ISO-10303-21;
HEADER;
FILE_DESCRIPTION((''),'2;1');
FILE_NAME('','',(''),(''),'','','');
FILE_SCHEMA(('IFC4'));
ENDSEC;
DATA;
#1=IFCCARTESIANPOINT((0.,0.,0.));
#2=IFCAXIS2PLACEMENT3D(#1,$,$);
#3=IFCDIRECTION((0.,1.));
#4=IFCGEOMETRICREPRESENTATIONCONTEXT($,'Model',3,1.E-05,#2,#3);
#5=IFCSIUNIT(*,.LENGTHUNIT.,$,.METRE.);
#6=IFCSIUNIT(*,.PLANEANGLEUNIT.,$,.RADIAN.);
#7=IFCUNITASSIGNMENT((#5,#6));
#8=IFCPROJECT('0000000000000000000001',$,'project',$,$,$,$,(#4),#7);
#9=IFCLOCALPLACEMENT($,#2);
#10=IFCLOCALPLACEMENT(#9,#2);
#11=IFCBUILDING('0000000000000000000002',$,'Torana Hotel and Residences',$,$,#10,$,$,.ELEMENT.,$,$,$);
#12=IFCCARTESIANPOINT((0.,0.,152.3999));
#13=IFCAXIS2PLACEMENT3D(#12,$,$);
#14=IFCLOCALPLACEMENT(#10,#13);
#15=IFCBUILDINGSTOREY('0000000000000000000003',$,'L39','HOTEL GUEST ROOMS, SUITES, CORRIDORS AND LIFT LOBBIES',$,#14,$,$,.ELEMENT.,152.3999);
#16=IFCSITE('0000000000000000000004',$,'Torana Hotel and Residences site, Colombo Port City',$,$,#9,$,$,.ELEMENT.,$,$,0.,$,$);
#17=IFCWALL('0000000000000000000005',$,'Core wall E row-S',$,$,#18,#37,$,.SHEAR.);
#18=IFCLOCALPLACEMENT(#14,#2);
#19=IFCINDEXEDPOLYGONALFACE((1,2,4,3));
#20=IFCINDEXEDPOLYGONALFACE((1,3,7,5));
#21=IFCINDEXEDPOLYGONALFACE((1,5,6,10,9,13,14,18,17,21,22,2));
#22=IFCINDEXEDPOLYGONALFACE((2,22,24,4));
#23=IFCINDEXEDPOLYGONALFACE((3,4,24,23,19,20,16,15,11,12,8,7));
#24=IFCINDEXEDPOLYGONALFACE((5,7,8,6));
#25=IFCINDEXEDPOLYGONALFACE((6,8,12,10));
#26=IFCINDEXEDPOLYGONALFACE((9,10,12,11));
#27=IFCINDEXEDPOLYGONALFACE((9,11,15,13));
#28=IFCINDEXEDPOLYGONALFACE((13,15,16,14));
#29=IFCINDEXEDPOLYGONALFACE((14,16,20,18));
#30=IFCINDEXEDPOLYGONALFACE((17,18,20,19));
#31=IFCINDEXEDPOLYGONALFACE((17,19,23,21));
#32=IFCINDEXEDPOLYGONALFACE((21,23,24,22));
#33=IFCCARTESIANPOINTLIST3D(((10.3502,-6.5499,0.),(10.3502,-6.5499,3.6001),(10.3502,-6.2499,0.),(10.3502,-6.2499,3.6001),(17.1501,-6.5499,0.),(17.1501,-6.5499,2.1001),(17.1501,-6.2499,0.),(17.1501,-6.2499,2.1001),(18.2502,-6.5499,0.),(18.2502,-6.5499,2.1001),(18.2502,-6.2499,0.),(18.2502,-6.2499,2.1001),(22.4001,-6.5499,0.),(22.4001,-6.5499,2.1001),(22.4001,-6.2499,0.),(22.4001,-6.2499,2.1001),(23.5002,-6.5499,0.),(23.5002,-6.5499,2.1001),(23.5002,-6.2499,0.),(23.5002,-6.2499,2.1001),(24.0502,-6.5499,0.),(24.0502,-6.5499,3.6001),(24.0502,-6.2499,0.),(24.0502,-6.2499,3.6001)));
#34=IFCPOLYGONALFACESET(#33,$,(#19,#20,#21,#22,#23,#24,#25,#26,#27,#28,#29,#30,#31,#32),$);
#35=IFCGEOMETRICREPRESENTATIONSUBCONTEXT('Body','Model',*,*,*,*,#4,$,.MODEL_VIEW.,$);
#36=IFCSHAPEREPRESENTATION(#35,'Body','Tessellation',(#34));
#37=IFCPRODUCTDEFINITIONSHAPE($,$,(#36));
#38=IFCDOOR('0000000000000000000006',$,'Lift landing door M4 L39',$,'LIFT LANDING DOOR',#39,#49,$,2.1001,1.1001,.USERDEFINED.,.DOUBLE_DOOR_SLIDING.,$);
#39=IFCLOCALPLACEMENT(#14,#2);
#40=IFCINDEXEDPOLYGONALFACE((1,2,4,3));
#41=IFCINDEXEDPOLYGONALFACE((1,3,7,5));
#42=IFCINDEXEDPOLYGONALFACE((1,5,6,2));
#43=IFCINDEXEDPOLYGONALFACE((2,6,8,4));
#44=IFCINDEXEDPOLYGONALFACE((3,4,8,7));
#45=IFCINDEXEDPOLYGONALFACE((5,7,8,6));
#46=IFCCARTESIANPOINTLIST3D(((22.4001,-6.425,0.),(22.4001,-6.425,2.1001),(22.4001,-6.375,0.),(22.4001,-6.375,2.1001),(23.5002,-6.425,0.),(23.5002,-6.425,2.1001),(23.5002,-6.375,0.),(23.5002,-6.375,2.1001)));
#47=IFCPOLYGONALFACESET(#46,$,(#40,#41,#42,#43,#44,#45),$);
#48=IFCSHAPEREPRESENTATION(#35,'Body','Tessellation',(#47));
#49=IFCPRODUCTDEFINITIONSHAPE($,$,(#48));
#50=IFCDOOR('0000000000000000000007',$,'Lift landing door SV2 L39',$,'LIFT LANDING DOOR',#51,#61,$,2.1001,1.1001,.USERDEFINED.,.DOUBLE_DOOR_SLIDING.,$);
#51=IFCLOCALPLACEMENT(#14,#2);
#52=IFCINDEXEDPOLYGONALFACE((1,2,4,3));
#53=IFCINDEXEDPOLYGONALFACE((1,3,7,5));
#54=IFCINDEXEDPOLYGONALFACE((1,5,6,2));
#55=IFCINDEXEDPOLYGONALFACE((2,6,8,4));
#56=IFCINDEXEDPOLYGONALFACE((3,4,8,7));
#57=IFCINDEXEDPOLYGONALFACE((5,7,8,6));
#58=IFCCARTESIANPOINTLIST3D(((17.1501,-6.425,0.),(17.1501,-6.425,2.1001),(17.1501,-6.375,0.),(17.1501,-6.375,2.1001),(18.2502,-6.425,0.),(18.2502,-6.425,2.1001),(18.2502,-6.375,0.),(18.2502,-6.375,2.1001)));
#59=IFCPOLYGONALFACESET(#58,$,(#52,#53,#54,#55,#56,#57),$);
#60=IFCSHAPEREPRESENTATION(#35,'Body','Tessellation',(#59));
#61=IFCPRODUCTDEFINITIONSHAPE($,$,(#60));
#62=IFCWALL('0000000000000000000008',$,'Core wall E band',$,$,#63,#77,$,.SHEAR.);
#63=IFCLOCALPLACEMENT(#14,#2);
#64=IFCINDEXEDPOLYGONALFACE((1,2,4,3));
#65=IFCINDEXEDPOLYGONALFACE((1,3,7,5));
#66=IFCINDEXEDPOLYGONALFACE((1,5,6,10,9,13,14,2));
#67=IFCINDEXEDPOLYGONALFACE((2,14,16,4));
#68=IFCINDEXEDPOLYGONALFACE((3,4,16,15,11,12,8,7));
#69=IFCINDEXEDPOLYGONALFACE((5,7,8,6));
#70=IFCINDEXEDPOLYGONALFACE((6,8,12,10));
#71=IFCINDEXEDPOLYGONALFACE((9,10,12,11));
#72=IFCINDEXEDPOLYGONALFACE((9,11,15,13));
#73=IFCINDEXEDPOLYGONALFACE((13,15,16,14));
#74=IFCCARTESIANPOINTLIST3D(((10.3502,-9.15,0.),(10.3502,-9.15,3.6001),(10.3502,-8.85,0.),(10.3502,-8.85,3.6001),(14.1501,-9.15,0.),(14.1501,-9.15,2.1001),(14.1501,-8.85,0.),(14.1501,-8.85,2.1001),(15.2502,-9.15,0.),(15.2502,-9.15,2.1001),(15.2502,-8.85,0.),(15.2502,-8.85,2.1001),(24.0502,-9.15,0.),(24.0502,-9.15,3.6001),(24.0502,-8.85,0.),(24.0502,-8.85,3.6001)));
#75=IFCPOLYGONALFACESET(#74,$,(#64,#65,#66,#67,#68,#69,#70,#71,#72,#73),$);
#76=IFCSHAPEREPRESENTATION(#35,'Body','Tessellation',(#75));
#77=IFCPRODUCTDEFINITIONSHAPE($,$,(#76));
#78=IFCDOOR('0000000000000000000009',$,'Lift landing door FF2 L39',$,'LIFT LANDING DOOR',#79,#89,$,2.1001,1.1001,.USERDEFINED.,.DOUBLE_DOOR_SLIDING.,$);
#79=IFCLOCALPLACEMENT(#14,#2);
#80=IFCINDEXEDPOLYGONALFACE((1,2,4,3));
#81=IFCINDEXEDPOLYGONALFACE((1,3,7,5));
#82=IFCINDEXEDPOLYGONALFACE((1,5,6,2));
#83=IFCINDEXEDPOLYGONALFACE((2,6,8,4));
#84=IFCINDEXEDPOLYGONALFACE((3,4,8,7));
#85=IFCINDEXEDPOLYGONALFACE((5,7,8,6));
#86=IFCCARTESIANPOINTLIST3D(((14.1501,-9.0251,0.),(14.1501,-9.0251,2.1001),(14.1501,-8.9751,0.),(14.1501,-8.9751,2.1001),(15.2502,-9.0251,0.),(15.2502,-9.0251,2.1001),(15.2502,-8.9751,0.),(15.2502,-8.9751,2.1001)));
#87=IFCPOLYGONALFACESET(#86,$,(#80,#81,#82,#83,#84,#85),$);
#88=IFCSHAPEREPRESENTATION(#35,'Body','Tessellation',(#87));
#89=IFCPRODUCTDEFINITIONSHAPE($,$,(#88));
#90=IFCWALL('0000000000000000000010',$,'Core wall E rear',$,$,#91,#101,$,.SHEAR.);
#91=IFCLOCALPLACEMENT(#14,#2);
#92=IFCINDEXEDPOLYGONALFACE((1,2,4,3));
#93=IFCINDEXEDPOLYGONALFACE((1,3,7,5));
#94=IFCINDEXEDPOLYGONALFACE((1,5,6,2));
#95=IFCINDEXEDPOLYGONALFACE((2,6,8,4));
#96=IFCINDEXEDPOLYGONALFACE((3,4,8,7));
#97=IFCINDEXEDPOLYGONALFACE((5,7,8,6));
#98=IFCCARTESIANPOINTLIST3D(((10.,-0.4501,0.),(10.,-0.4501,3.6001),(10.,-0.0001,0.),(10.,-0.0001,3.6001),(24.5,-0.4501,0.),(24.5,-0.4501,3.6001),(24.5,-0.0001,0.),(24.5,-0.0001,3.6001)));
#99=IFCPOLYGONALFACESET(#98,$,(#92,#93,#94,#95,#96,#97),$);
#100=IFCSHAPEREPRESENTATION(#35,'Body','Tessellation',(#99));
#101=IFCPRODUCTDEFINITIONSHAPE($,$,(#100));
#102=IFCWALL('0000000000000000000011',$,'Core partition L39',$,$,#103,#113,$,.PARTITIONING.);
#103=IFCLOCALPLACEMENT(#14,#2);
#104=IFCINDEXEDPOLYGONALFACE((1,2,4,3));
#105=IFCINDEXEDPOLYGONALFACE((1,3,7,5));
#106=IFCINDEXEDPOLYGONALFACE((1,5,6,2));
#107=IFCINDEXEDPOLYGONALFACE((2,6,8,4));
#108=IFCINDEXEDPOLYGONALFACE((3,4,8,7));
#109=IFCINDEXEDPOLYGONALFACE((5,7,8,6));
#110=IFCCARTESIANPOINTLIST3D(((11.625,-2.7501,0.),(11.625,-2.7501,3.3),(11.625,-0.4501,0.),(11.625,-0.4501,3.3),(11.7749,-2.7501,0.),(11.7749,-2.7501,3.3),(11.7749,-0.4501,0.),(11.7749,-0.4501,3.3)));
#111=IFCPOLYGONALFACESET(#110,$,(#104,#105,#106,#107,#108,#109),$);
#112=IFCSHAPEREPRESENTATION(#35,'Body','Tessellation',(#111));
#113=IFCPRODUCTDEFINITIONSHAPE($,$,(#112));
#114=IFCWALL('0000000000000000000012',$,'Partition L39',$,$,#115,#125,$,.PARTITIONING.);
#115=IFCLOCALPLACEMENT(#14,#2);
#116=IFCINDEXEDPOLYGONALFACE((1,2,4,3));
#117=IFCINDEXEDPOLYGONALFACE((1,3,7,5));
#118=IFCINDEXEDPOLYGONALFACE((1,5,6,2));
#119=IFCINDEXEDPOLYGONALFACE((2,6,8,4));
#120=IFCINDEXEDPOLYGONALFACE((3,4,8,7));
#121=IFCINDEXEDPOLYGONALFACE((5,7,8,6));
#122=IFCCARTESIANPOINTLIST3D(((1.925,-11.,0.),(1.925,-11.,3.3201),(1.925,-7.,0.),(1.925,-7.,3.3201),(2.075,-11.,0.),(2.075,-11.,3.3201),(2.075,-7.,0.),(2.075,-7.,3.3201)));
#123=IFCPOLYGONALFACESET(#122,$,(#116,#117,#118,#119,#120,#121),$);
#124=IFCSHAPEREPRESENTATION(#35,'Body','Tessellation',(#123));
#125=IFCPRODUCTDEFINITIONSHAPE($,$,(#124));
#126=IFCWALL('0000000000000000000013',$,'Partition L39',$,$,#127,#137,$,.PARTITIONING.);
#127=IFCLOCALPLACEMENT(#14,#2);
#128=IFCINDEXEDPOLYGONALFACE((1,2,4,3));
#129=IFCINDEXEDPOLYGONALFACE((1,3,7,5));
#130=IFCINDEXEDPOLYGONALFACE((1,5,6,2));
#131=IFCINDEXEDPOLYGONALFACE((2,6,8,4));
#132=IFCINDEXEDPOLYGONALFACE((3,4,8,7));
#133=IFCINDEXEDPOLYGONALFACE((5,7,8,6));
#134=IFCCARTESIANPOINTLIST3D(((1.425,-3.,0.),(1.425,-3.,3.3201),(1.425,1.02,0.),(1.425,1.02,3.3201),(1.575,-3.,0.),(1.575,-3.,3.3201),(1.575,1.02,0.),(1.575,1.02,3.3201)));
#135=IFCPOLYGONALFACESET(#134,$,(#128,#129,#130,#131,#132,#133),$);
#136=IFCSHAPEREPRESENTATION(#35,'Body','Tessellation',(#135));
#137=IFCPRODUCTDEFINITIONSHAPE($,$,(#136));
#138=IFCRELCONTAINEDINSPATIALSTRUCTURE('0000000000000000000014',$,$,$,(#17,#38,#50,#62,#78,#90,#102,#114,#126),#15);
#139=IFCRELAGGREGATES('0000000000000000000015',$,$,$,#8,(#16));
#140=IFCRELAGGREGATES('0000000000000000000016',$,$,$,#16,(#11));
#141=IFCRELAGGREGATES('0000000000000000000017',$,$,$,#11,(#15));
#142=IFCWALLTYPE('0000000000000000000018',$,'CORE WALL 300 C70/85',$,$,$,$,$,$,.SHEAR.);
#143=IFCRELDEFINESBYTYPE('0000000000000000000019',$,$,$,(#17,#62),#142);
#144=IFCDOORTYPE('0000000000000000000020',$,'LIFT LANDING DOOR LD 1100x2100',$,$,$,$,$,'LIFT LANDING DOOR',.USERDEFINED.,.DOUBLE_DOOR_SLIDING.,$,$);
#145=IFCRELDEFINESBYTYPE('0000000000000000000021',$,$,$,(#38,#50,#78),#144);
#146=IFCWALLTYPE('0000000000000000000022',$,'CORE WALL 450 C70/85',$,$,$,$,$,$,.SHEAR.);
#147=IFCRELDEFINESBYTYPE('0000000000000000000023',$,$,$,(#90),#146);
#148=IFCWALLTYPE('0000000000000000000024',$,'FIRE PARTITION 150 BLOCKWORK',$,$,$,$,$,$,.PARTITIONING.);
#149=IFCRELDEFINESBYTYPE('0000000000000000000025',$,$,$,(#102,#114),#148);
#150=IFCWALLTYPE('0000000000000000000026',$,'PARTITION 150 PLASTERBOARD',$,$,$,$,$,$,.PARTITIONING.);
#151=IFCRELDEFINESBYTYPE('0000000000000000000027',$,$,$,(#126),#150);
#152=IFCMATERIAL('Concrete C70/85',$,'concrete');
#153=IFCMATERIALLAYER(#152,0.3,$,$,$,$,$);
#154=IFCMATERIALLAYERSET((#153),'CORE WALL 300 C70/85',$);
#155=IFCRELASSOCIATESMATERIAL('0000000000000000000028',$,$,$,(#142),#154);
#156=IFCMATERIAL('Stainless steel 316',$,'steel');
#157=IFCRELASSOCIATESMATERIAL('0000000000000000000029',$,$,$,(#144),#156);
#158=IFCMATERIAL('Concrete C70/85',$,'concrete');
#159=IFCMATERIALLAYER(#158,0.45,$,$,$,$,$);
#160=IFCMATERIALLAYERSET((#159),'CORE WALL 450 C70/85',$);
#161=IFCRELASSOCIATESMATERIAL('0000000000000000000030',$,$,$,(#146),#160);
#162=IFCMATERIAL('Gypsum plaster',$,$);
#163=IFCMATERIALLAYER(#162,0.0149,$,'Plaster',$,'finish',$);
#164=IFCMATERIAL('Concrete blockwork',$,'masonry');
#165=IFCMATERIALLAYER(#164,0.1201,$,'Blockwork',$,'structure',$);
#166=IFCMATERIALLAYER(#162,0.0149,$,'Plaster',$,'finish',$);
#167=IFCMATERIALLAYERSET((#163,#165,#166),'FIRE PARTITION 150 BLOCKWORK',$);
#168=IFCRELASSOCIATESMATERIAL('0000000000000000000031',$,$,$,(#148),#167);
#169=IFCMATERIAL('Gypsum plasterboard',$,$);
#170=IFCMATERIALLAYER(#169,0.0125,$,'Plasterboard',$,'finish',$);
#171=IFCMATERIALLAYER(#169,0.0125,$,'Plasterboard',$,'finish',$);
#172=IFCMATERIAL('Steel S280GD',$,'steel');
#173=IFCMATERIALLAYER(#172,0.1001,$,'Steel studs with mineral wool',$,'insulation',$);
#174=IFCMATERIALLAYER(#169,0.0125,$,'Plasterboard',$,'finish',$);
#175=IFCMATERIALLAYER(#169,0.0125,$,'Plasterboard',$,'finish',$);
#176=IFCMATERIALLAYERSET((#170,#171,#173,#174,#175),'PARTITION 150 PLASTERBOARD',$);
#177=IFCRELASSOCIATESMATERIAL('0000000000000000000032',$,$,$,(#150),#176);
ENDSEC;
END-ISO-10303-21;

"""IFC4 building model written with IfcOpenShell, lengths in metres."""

from ifc_helpers import new_model, si_unit, direction, frame, frame_2d, origin, place, context, subcontext, project, spatial, rectangle, extrude, material, layer, layer_set, type_object, element, fill, save


model = new_model("IFC4")

# Units and contexts
model_context = context("Model", 3, precision=1e-05, world=origin(), true_north=direction((0.0, 1.0)))
body_context = subcontext(model_context, "Body", "Model", "MODEL_VIEW")
ifc_project = project(units=[si_unit("LENGTHUNIT", "METRE"), si_unit("PLANEANGLEUNIT", "RADIAN")], contexts=[model_context])

# Site, building, storey
site_placement = place(None, origin())
site = spatial("IfcSite", under=ifc_project, at=site_placement, Name="Torana Hotel and Residences site, Colombo Port City", CompositionType="ELEMENT", RefElevation=0.0)
building_placement = place(site_placement, origin())
building = spatial("IfcBuilding", under=site, at=building_placement, Name="Torana Hotel and Residences", CompositionType="ELEMENT")
storey_placement = place(building_placement, frame((0.0, 0.0, 152.3999)))
storey = spatial("IfcBuildingStorey", under=building, at=storey_placement, Name="L39", Description="HOTEL GUEST ROOMS, SUITES, CORRIDORS AND LIFT LOBBIES", CompositionType="ELEMENT", Elevation=152.3999)

# Wall, openings, doors
ifc_material_1 = material(Name="Concrete C70/85", Category="concrete")
ifc_layer_1 = layer(ifc_material_1, 0.3)
ifc_layer_set_1 = layer_set([ifc_layer_1], Name="CORE WALL 300 C70/85")
wall_type_1 = type_object("IfcWallType", Name="CORE WALL 300 C70/85", PredefinedType="SHEAR", material=ifc_layer_set_1)
ifc_material_2 = material(Name="Stainless steel 316", Category="steel")
door_type_1 = type_object("IfcDoorType", Name="LIFT LANDING DOOR LD 1100x2100", ElementType="LIFT LANDING DOOR", OperationType="DOUBLE_DOOR_SLIDING", PredefinedType="USERDEFINED", material=ifc_material_2)
wall_1_placement = place(storey_placement, frame((10.3501, -6.3999, 0.0), z_axis=(0.0, 0.0, 1.0), x_axis=(1.0, 0.0, 0.0)))
wall_1 = element("IfcWall", 1, at=wall_1_placement, inside=storey, type_object=wall_type_1, Name="Core wall E row-S", PredefinedType="SHEAR", context=body_context, shape_type="SweptSolid", body=[
    extrude(rectangle(XDim=13.7, YDim=0.3, at=frame_2d((6.8501, 0.0))), origin(), (0.0, 0.0, 1.0), 3.6001),
])
opening_1_placement = place(wall_1_placement, frame((12.05, 0.0, 0.0)))
opening_1 = element("IfcOpeningElement", 2, at=opening_1_placement, cuts=wall_1, PredefinedType="OPENING", context=body_context, shape_type="SweptSolid", body=[
    extrude(rectangle(XDim=1.1001, YDim=2.1001, at=frame_2d((0.55, 1.05))), frame((0.0, 0.1599, 0.0), z_axis=(0.0, -1.0, 0.0), x_axis=(1.0, 0.0, 0.0)), (0.0, 0.0, 1.0), 0.3201),
])
opening_2_placement = place(wall_1_placement, frame((6.8, 0.0, 0.0)))
opening_2 = element("IfcOpeningElement", 3, at=opening_2_placement, cuts=wall_1, PredefinedType="OPENING", context=body_context, shape_type="SweptSolid", body=[
    extrude(rectangle(XDim=1.1001, YDim=2.1001, at=frame_2d((0.55, 1.05))), frame((0.0, 0.1599, 0.0), z_axis=(0.0, -1.0, 0.0), x_axis=(1.0, 0.0, 0.0)), (0.0, 0.0, 1.0), 0.3201),
])
door_1_placement = place(opening_1_placement, origin())
door_1 = element("IfcDoor", 4, at=door_1_placement, inside=storey, type_object=door_type_1, Name="Lift landing door M4 L39", ObjectType="LIFT LANDING DOOR", OperationType="DOUBLE_DOOR_SLIDING", OverallHeight=2.1001, OverallWidth=1.1001, PredefinedType="USERDEFINED", context=body_context, shape_type="SweptSolid", body=[
    extrude(rectangle(XDim=1.1001, YDim=2.1001, at=frame_2d((0.55, 1.05))), frame((0.0, 0.0249, 0.0), z_axis=(0.0, -1.0, 0.0), x_axis=(1.0, 0.0, 0.0)), (0.0, 0.0, 1.0), 0.05),
])
fill(opening_1, door_1)
door_2_placement = place(opening_2_placement, origin())
door_2 = element("IfcDoor", 5, at=door_2_placement, inside=storey, type_object=door_type_1, Name="Lift landing door SV2 L39", ObjectType="LIFT LANDING DOOR", OperationType="DOUBLE_DOOR_SLIDING", OverallHeight=2.1001, OverallWidth=1.1001, PredefinedType="USERDEFINED", context=body_context, shape_type="SweptSolid", body=[
    extrude(rectangle(XDim=1.1001, YDim=2.1001, at=frame_2d((0.55, 1.05))), frame((0.0, 0.0249, 0.0), z_axis=(0.0, -1.0, 0.0), x_axis=(1.0, 0.0, 0.0)), (0.0, 0.0, 1.0), 0.05),
])
fill(opening_2, door_2)

# Wall, opening, door
wall_2_placement = place(storey_placement, frame((10.3501, -9.0, 0.0), z_axis=(0.0, 0.0, 1.0), x_axis=(1.0, 0.0, 0.0)))
wall_2 = element("IfcWall", 6, at=wall_2_placement, inside=storey, type_object=wall_type_1, Name="Core wall E band", PredefinedType="SHEAR", context=body_context, shape_type="SweptSolid", body=[
    extrude(rectangle(XDim=13.7, YDim=0.3, at=frame_2d((6.8501, 0.0))), origin(), (0.0, 0.0, 1.0), 3.6001),
])
opening_3_placement = place(wall_2_placement, frame((3.8, 0.0, 0.0)))
opening_3 = element("IfcOpeningElement", 7, at=opening_3_placement, cuts=wall_2, PredefinedType="OPENING", context=body_context, shape_type="SweptSolid", body=[
    extrude(rectangle(XDim=1.1001, YDim=2.1001, at=frame_2d((0.55, 1.05))), frame((0.0, 0.1599, 0.0), z_axis=(0.0, -1.0, 0.0), x_axis=(1.0, 0.0, 0.0)), (0.0, 0.0, 1.0), 0.3201),
])
door_3_placement = place(opening_3_placement, origin())
door_3 = element("IfcDoor", 8, at=door_3_placement, inside=storey, type_object=door_type_1, Name="Lift landing door FF2 L39", ObjectType="LIFT LANDING DOOR", OperationType="DOUBLE_DOOR_SLIDING", OverallHeight=2.1001, OverallWidth=1.1001, PredefinedType="USERDEFINED", context=body_context, shape_type="SweptSolid", body=[
    extrude(rectangle(XDim=1.1001, YDim=2.1001, at=frame_2d((0.55, 1.05))), frame((0.0, 0.0249, 0.0), z_axis=(0.0, -1.0, 0.0), x_axis=(1.0, 0.0, 0.0)), (0.0, 0.0, 1.0), 0.05),
])
fill(opening_3, door_3)

# Walls
ifc_material_3 = material(Name="Concrete C70/85", Category="concrete")
ifc_layer_2 = layer(ifc_material_3, 0.45)
ifc_layer_set_2 = layer_set([ifc_layer_2], Name="CORE WALL 450 C70/85")
wall_type_2 = type_object("IfcWallType", Name="CORE WALL 450 C70/85", PredefinedType="SHEAR", material=ifc_layer_set_2)
wall_3_placement = place(storey_placement, frame((10.0, -0.2251, 0.0), z_axis=(0.0, 0.0, 1.0), x_axis=(1.0, 0.0, 0.0)))
element("IfcWall", 9, at=wall_3_placement, inside=storey, type_object=wall_type_2, Name="Core wall E rear", PredefinedType="SHEAR", context=body_context, shape_type="SweptSolid", body=[
    extrude(rectangle(XDim=14.5, YDim=0.45, at=frame_2d((7.25, 0.0))), origin(), (0.0, 0.0, 1.0), 3.6001),
])
ifc_material_4 = material(Name="Gypsum plaster")
ifc_layer_3 = layer(ifc_material_4, 0.0149, Name="Plaster", Category="finish")
ifc_material_5 = material(Name="Concrete blockwork", Category="masonry")
ifc_layer_4 = layer(ifc_material_5, 0.1201, Name="Blockwork", Category="structure")
ifc_layer_5 = layer(ifc_material_4, 0.0149, Name="Plaster", Category="finish")
ifc_layer_set_3 = layer_set([ifc_layer_3, ifc_layer_4, ifc_layer_5], Name="FIRE PARTITION 150 BLOCKWORK")
wall_type_3 = type_object("IfcWallType", Name="FIRE PARTITION 150 BLOCKWORK", PredefinedType="PARTITIONING", material=ifc_layer_set_3)
wall_4_placement = place(storey_placement, frame((11.7, -2.75, 0.0), z_axis=(0.0, 0.0, 1.0), x_axis=(0.0, 1.0, 0.0)))
element("IfcWall", 10, at=wall_4_placement, inside=storey, type_object=wall_type_3, Name="Core partition L39", PredefinedType="PARTITIONING", context=body_context, shape_type="SweptSolid", body=[
    extrude(rectangle(XDim=2.3, YDim=0.1499, at=frame_2d((1.1499, 0.0))), origin(), (0.0, 0.0, 1.0), 3.3),
])
wall_5_placement = place(storey_placement, frame((2.0, -11.0, 0.0), z_axis=(0.0, 0.0, 1.0), x_axis=(0.0, 1.0, 0.0)))
element("IfcWall", 11, at=wall_5_placement, inside=storey, type_object=wall_type_3, Name="Partition L39", PredefinedType="PARTITIONING", context=body_context, shape_type="SweptSolid", body=[
    extrude(rectangle(XDim=4.0, YDim=0.1499, at=frame_2d((2.0, 0.0))), origin(), (0.0, 0.0, 1.0), 3.3201),
])
ifc_material_6 = material(Name="Gypsum plasterboard")
ifc_layer_6 = layer(ifc_material_6, 0.0125, Name="Plasterboard", Category="finish")
ifc_layer_7 = layer(ifc_material_6, 0.0125, Name="Plasterboard", Category="finish")
ifc_material_7 = material(Name="Steel S280GD", Category="steel")
ifc_layer_8 = layer(ifc_material_7, 0.1001, Name="Steel studs with mineral wool", Category="insulation")
ifc_layer_9 = layer(ifc_material_6, 0.0125, Name="Plasterboard", Category="finish")
ifc_layer_10 = layer(ifc_material_6, 0.0125, Name="Plasterboard", Category="finish")
ifc_layer_set_4 = layer_set([ifc_layer_6, ifc_layer_7, ifc_layer_8, ifc_layer_9, ifc_layer_10], Name="PARTITION 150 PLASTERBOARD")
wall_type_4 = type_object("IfcWallType", Name="PARTITION 150 PLASTERBOARD", PredefinedType="PARTITIONING", material=ifc_layer_set_4)
wall_6_placement = place(storey_placement, frame((1.5, -3.0, 0.0), z_axis=(0.0, 0.0, 1.0), x_axis=(0.0, 1.0, 0.0)))
element("IfcWall", 12, at=wall_6_placement, inside=storey, type_object=wall_type_4, Name="Partition L39", PredefinedType="PARTITIONING", context=body_context, shape_type="SweptSolid", body=[
    extrude(rectangle(XDim=4.02, YDim=0.1499, at=frame_2d((2.01, 0.0))), origin(), (0.0, 0.0, 1.0), 3.3201),
])

save(model, "model.ifc")
